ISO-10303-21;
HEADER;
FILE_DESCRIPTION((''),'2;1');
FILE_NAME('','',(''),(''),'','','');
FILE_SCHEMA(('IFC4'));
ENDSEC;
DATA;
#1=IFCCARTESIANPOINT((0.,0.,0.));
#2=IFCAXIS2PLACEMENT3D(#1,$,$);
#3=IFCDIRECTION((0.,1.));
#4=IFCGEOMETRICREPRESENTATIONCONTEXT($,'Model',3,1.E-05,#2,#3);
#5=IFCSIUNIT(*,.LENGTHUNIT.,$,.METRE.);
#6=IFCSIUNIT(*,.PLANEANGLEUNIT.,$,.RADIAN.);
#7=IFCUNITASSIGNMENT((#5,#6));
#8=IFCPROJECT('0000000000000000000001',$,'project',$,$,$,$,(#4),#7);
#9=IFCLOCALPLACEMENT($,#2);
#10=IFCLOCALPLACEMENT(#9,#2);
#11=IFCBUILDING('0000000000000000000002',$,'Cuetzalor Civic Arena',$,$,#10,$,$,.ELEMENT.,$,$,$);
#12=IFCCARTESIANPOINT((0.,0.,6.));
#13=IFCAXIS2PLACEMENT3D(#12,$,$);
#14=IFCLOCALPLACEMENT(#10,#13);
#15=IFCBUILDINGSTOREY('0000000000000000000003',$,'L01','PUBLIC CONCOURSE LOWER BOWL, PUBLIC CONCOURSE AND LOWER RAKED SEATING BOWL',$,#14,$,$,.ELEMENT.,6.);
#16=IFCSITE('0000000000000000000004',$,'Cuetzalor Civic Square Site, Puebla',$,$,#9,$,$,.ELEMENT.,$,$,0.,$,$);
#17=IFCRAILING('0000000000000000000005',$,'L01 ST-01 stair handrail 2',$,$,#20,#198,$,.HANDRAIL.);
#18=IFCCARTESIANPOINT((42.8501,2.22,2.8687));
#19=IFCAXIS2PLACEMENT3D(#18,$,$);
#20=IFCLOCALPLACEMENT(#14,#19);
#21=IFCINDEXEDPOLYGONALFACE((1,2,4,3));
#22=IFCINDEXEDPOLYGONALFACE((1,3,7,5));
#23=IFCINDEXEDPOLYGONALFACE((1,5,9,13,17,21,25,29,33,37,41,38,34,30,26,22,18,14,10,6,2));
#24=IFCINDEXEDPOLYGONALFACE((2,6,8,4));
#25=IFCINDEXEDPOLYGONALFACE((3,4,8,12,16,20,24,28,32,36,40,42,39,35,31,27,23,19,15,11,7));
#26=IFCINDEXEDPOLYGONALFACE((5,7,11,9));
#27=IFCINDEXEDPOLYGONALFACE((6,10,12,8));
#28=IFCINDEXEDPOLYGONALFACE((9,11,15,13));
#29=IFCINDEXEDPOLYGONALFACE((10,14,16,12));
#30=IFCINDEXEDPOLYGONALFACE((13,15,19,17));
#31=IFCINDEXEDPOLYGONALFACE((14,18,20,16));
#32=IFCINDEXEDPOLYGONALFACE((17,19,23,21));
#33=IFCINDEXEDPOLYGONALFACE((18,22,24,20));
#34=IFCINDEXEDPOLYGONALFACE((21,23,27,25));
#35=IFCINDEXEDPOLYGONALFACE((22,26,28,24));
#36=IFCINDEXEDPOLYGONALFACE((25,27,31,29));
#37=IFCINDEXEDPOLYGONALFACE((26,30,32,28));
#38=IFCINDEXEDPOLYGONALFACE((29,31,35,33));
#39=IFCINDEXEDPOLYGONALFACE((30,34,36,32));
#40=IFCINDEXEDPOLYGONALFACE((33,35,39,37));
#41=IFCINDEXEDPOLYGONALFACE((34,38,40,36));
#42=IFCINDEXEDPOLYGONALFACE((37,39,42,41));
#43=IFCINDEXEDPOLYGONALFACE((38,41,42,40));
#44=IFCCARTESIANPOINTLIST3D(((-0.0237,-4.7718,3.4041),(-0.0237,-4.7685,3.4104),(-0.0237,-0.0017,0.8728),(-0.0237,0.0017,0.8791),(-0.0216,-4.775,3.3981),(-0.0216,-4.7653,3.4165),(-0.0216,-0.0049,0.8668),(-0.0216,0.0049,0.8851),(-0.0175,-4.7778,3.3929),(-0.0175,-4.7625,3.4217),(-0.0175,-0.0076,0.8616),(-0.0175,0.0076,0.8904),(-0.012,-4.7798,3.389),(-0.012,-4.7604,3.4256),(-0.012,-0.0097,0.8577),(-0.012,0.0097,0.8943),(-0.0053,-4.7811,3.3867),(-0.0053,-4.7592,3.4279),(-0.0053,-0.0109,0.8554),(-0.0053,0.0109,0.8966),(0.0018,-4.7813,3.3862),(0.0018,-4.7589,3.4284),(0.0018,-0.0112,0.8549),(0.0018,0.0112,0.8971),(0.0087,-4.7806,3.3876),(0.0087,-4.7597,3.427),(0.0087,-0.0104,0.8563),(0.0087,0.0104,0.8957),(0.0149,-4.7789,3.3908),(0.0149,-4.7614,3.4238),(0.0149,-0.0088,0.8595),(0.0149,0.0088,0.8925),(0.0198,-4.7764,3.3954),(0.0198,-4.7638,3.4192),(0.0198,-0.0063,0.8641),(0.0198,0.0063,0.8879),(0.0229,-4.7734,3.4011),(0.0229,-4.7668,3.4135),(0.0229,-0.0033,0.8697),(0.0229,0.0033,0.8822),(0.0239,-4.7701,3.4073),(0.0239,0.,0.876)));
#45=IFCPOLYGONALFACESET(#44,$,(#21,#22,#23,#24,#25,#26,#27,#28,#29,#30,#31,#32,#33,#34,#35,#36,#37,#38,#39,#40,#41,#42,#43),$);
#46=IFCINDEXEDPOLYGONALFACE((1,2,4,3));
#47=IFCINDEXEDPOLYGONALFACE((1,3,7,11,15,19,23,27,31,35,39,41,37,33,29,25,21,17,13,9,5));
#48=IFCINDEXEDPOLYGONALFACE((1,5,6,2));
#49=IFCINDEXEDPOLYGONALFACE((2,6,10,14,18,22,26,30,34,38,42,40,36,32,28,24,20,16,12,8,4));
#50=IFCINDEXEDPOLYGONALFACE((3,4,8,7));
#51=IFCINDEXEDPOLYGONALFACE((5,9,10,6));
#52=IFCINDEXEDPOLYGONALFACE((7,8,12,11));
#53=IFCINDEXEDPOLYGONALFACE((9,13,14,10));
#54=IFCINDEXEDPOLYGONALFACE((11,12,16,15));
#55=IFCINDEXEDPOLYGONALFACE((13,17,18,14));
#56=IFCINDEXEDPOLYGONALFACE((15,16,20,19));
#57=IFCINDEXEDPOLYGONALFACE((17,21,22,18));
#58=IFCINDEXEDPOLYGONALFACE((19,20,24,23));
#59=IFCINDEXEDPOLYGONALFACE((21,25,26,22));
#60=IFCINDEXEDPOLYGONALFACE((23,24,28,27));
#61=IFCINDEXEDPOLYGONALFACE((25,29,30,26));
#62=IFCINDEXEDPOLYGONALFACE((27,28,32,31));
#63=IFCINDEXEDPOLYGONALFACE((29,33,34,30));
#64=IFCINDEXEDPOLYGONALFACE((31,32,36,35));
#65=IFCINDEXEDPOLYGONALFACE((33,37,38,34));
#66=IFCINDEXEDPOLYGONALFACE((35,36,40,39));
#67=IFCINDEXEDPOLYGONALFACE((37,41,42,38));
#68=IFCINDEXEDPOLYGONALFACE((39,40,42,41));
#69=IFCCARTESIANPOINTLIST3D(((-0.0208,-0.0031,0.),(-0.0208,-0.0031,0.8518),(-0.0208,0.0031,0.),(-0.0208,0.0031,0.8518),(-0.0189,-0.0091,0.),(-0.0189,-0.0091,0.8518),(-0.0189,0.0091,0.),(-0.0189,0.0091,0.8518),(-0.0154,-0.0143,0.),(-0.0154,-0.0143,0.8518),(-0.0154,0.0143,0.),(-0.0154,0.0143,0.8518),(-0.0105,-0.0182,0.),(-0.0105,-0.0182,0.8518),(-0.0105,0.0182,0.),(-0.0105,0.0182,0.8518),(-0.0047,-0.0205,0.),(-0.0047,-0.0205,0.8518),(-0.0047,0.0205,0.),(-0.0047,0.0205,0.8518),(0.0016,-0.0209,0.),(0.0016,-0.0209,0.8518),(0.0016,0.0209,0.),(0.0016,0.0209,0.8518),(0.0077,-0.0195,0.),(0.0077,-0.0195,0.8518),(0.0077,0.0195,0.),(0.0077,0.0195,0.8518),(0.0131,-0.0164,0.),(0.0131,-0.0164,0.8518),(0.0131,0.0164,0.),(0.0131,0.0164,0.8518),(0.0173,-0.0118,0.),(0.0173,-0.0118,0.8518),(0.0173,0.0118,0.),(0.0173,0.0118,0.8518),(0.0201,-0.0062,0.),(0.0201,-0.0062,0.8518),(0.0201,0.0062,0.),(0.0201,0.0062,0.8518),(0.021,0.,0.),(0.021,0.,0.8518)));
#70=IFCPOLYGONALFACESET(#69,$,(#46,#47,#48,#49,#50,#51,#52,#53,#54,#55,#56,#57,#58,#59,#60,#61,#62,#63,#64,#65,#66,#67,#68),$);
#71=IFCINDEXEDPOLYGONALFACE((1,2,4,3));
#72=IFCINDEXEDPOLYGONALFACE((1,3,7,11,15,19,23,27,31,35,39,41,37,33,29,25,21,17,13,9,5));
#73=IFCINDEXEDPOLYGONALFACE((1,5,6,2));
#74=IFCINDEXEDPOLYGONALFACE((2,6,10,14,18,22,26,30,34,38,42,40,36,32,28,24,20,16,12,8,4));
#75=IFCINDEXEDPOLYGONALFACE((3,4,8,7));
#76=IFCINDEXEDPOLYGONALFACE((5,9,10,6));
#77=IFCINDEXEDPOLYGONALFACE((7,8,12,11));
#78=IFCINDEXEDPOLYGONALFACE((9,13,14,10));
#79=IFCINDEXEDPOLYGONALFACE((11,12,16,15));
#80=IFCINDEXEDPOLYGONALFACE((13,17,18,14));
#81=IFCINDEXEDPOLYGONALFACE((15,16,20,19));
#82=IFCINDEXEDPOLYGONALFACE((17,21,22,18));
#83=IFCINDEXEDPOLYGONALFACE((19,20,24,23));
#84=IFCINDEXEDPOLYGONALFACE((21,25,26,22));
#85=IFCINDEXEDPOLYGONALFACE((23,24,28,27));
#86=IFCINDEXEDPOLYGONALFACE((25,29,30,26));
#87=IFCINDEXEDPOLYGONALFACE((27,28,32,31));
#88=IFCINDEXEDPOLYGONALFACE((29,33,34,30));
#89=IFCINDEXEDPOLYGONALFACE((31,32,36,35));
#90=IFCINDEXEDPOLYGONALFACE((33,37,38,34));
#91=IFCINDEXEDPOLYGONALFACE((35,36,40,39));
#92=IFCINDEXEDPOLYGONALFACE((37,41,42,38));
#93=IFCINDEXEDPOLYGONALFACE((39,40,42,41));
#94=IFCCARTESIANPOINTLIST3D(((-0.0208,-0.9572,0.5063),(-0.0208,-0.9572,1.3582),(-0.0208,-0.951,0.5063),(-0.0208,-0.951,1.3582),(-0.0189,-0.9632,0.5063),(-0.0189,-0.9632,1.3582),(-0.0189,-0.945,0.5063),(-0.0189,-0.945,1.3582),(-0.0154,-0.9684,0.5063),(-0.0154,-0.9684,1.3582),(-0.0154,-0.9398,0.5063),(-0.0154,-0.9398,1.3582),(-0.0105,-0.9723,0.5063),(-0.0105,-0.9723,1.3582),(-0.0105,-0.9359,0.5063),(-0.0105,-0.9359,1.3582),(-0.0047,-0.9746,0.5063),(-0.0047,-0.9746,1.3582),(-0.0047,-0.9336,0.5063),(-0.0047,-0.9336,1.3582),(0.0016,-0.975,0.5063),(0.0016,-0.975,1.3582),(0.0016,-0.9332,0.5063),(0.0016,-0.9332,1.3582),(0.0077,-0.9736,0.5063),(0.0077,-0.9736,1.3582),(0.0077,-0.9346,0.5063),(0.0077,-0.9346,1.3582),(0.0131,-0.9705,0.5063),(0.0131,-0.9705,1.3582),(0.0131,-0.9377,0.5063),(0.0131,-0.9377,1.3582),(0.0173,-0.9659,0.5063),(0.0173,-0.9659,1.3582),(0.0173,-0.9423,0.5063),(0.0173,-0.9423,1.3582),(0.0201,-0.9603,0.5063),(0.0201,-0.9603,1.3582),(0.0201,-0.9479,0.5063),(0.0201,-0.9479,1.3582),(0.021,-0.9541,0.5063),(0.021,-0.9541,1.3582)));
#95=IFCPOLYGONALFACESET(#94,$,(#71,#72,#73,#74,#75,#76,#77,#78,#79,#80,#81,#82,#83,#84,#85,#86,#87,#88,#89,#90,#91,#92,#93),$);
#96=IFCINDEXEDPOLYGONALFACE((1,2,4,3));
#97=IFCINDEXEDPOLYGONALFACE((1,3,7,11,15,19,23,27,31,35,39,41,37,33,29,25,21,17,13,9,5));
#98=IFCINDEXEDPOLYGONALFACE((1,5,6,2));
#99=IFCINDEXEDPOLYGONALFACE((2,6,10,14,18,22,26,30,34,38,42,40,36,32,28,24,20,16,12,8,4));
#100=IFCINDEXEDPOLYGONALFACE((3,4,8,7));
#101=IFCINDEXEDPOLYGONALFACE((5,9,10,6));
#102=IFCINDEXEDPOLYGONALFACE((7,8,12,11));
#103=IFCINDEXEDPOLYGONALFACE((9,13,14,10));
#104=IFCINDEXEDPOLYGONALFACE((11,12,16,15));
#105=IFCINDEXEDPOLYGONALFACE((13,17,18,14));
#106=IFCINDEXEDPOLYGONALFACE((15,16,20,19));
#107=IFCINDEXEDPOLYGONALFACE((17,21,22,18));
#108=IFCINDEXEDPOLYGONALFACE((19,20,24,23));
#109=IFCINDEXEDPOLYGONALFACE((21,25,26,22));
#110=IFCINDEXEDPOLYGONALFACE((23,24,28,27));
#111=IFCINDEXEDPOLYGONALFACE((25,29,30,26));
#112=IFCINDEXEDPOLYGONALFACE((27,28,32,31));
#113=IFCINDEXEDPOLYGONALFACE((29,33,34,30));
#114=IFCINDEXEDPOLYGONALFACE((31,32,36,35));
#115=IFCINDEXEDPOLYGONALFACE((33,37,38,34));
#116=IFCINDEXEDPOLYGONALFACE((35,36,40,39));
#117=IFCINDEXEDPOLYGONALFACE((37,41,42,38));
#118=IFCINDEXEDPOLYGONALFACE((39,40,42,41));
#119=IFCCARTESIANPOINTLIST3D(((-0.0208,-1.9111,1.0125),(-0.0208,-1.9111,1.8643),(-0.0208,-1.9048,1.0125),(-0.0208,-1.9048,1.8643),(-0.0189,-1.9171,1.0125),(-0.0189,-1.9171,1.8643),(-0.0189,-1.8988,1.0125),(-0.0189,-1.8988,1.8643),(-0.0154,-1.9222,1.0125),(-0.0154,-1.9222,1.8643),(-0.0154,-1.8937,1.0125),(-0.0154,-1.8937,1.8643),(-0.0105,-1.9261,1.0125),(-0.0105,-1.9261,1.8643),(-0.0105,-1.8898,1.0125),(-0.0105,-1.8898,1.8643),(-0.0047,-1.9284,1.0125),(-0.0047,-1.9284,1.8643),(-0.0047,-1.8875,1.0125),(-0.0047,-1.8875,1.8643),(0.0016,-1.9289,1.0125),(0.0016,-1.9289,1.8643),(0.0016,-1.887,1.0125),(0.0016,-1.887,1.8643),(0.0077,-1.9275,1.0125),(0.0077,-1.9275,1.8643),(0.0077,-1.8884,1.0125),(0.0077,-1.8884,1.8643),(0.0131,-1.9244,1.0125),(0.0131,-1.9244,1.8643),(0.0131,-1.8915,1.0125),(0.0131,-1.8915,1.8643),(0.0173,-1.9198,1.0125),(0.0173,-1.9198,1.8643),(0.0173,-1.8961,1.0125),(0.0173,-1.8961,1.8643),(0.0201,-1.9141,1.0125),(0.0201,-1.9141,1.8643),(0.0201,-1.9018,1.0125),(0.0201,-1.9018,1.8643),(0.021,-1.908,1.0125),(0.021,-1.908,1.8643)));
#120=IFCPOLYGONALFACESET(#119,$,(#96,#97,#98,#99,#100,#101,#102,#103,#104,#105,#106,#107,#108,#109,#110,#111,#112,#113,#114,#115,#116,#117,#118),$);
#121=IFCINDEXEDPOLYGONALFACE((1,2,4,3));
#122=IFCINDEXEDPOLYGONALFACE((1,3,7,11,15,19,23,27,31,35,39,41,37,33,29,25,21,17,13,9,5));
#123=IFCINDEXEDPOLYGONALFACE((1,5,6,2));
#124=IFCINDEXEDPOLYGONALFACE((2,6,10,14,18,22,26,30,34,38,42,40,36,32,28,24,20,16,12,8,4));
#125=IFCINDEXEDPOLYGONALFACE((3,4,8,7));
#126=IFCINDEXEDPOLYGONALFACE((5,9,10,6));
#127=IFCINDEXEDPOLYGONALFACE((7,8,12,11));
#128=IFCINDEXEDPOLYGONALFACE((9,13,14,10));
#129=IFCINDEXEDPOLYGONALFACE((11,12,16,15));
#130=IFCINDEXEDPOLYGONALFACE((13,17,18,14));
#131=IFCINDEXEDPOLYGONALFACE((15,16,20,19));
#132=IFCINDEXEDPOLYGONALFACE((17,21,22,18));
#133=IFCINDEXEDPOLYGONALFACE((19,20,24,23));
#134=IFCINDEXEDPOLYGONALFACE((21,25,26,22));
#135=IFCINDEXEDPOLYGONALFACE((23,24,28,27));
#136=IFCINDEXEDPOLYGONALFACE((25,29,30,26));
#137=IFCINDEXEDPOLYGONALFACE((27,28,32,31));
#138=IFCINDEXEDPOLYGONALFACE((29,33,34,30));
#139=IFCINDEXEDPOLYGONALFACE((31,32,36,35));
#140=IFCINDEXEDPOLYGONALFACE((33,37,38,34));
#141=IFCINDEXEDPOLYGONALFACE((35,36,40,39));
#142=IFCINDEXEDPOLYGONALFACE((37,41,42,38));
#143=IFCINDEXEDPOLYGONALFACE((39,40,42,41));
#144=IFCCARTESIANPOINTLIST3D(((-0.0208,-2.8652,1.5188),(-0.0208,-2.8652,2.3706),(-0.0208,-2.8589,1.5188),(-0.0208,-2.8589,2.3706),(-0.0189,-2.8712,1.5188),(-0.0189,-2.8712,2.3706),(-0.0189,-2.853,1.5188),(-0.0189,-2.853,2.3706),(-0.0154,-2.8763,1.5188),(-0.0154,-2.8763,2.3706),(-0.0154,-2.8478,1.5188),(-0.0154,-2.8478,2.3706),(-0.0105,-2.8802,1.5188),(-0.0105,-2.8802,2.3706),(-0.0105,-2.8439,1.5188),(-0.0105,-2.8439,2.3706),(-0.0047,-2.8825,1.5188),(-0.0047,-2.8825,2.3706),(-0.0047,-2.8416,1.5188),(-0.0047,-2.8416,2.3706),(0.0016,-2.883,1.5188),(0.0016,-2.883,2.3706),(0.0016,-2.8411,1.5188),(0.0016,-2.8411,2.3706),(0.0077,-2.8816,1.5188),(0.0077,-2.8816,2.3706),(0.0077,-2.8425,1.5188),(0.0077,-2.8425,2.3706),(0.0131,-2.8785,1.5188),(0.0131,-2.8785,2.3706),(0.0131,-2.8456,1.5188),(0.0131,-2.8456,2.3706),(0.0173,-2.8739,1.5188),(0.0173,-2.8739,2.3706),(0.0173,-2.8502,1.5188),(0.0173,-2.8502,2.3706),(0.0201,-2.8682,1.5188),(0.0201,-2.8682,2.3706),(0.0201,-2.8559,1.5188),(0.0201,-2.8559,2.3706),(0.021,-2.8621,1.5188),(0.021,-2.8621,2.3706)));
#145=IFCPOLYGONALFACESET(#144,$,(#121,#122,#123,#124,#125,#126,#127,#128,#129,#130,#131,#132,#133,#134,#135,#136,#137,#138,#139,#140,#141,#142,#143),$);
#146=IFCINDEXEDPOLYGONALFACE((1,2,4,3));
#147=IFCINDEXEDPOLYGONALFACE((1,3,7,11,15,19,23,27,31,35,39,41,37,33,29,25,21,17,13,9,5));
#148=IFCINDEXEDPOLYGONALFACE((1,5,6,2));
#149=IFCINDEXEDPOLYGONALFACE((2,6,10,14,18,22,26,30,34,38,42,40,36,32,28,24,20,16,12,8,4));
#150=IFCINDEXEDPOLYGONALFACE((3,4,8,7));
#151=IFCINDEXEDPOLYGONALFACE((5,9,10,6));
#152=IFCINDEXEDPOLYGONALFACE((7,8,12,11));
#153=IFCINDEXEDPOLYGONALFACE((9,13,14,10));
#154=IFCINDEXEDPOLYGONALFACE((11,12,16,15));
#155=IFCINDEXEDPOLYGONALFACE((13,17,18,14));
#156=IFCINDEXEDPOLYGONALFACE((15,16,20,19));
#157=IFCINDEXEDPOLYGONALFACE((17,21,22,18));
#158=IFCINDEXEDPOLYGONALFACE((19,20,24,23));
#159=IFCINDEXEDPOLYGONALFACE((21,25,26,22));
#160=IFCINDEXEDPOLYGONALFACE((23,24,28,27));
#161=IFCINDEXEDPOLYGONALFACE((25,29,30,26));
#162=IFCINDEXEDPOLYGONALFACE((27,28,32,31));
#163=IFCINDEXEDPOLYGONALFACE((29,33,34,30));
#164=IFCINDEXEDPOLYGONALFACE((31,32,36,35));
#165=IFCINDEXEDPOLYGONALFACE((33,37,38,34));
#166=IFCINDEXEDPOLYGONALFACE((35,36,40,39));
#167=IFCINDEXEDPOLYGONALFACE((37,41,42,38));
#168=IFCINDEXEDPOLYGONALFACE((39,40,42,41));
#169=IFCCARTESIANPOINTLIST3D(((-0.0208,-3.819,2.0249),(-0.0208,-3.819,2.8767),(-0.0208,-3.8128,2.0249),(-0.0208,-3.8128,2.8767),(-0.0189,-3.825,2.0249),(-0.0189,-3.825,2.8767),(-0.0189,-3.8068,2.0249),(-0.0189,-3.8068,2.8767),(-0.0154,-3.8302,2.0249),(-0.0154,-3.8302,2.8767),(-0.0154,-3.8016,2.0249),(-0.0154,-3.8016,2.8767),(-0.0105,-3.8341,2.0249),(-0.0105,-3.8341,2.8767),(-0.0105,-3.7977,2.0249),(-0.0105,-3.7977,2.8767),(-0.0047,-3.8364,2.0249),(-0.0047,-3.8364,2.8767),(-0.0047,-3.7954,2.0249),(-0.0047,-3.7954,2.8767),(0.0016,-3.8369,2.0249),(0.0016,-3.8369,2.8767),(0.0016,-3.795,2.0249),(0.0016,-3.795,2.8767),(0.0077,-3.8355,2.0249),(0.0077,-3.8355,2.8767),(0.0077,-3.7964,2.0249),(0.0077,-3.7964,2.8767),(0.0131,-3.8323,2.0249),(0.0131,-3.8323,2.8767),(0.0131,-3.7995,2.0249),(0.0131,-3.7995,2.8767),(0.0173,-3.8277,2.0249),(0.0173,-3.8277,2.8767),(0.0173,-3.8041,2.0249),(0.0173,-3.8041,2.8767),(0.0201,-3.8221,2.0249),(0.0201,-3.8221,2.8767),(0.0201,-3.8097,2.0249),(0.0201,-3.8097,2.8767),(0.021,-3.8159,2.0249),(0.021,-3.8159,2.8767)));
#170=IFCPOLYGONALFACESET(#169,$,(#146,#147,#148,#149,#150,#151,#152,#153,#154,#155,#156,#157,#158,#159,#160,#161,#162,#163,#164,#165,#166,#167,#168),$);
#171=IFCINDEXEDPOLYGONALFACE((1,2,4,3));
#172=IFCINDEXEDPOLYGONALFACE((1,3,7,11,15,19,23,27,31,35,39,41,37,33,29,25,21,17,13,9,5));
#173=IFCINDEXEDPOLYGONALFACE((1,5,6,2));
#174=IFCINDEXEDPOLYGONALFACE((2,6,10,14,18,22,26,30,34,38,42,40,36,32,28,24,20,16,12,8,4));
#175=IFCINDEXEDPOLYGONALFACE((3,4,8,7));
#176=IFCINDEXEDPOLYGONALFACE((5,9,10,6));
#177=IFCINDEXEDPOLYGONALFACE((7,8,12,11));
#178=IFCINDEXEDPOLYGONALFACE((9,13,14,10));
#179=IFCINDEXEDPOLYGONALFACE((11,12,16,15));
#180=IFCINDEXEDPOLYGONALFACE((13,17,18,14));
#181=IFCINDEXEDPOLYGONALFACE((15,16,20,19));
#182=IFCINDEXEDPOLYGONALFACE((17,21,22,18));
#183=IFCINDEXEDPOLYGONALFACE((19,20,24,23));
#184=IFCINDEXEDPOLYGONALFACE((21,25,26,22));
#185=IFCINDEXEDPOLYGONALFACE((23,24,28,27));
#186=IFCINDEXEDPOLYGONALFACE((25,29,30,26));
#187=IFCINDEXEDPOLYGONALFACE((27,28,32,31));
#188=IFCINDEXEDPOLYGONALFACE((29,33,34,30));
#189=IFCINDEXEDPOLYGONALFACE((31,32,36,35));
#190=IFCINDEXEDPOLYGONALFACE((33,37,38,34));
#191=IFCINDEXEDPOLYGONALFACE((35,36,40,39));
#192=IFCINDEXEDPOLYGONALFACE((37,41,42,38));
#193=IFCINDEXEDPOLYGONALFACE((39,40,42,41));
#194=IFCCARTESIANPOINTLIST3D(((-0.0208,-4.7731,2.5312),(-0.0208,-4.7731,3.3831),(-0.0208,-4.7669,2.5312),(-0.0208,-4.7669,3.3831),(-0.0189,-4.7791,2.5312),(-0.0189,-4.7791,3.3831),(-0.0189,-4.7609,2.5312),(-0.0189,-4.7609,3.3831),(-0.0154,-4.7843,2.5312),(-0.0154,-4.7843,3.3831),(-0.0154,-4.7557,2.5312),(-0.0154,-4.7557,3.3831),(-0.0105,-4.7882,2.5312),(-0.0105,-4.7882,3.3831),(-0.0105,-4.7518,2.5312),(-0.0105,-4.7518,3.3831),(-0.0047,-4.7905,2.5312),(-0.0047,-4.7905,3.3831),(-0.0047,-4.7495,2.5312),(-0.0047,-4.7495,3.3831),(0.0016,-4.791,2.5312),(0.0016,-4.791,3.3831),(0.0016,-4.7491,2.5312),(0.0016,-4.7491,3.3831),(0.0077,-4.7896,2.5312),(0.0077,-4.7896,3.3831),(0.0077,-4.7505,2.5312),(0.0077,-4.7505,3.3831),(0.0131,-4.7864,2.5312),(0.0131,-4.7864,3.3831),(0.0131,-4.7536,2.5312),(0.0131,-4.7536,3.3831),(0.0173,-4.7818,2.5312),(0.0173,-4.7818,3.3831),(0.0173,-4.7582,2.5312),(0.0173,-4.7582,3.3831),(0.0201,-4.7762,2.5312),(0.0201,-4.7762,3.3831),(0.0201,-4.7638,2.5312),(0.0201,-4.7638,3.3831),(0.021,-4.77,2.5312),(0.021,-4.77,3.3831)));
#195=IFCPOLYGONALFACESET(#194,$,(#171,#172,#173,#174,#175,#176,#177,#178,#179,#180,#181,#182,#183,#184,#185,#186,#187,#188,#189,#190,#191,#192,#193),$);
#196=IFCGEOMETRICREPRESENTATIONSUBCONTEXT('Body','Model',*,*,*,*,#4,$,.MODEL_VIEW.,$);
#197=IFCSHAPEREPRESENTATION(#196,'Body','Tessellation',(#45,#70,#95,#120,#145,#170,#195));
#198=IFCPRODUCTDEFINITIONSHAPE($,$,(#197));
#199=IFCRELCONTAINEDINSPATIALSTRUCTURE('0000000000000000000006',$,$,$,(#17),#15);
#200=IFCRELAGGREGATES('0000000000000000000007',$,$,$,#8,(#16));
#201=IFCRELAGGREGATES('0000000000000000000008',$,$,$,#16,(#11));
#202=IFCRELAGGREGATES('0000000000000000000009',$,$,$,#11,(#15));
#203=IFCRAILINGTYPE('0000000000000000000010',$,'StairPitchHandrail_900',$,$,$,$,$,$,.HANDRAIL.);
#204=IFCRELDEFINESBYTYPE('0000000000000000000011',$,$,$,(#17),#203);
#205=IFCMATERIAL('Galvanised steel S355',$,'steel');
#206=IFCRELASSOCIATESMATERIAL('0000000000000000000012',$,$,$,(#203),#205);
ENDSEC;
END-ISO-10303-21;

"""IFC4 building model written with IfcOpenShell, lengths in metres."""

from ifc_helpers import new_model, si_unit, direction, frame, origin, origin_2d, place, context, subcontext, project, spatial, circle, extrude, material, type_object, element, save


model = new_model("IFC4")

# Units and contexts
model_context = context("Model", 3, precision=1e-05, world=origin(), true_north=direction((0.0, 1.0)))
body_context = subcontext(model_context, "Body", "Model", "MODEL_VIEW")
ifc_project = project(units=[si_unit("LENGTHUNIT", "METRE"), si_unit("PLANEANGLEUNIT", "RADIAN")], contexts=[model_context])

# Site, building, storey
site_placement = place(None, origin())
site = spatial("IfcSite", under=ifc_project, at=site_placement, Name="Cuetzalor Civic Square Site, Puebla", CompositionType="ELEMENT", RefElevation=0.0)
building_placement = place(site_placement, origin())
building = spatial("IfcBuilding", under=site, at=building_placement, Name="Cuetzalor Civic Arena", CompositionType="ELEMENT")
storey_placement = place(building_placement, frame((0.0, 0.0, 6.0)))
storey = spatial("IfcBuildingStorey", under=building, at=storey_placement, Name="L01", Description="PUBLIC CONCOURSE LOWER BOWL, PUBLIC CONCOURSE AND LOWER RAKED SEATING BOWL", CompositionType="ELEMENT", Elevation=6.0)

# Railing
ifc_material_1 = material(Name="Galvanised steel S355", Category="steel")
railing_type_1 = type_object("IfcRailingType", Name="StairPitchHandrail_900", PredefinedType="HANDRAIL", material=ifc_material_1)
railing_1_placement = place(storey_placement, frame((42.8501, 2.22, 2.8687)))
element("IfcRailing", 1, at=railing_1_placement, inside=storey, type_object=railing_type_1, Name="L01 ST-01 stair handrail 2", PredefinedType="HANDRAIL", context=body_context, shape_type="SweptSolid", body=[
    extrude(circle(Radius=0.0239, at=origin_2d()), frame((0.0, 0.0, 0.876), z_axis=(0.0, -0.883332, 0.468747), x_axis=(1.0, 0.0, 0.0)), (0.0, 0.0, 1.0), 5.4001),
    extrude(circle(Radius=0.021, at=origin_2d()), origin(), (0.0, 0.0, 1.0), 0.8518),
    extrude(circle(Radius=0.021, at=origin_2d()), frame((0.0, -0.9541, 0.5063)), (0.0, 0.0, 1.0), 0.8518),
    extrude(circle(Radius=0.021, at=origin_2d()), frame((0.0, -1.908, 1.0125)), (0.0, 0.0, 1.0), 0.8518),
    extrude(circle(Radius=0.021, at=origin_2d()), frame((0.0, -2.8621, 1.5188)), (0.0, 0.0, 1.0), 0.8518),
    extrude(circle(Radius=0.021, at=origin_2d()), frame((0.0, -3.8159, 2.0249)), (0.0, 0.0, 1.0), 0.8518),
    extrude(circle(Radius=0.021, at=origin_2d()), frame((0.0, -4.77, 2.5312)), (0.0, 0.0, 1.0), 0.8518),
])

save(model, "model.ifc")
